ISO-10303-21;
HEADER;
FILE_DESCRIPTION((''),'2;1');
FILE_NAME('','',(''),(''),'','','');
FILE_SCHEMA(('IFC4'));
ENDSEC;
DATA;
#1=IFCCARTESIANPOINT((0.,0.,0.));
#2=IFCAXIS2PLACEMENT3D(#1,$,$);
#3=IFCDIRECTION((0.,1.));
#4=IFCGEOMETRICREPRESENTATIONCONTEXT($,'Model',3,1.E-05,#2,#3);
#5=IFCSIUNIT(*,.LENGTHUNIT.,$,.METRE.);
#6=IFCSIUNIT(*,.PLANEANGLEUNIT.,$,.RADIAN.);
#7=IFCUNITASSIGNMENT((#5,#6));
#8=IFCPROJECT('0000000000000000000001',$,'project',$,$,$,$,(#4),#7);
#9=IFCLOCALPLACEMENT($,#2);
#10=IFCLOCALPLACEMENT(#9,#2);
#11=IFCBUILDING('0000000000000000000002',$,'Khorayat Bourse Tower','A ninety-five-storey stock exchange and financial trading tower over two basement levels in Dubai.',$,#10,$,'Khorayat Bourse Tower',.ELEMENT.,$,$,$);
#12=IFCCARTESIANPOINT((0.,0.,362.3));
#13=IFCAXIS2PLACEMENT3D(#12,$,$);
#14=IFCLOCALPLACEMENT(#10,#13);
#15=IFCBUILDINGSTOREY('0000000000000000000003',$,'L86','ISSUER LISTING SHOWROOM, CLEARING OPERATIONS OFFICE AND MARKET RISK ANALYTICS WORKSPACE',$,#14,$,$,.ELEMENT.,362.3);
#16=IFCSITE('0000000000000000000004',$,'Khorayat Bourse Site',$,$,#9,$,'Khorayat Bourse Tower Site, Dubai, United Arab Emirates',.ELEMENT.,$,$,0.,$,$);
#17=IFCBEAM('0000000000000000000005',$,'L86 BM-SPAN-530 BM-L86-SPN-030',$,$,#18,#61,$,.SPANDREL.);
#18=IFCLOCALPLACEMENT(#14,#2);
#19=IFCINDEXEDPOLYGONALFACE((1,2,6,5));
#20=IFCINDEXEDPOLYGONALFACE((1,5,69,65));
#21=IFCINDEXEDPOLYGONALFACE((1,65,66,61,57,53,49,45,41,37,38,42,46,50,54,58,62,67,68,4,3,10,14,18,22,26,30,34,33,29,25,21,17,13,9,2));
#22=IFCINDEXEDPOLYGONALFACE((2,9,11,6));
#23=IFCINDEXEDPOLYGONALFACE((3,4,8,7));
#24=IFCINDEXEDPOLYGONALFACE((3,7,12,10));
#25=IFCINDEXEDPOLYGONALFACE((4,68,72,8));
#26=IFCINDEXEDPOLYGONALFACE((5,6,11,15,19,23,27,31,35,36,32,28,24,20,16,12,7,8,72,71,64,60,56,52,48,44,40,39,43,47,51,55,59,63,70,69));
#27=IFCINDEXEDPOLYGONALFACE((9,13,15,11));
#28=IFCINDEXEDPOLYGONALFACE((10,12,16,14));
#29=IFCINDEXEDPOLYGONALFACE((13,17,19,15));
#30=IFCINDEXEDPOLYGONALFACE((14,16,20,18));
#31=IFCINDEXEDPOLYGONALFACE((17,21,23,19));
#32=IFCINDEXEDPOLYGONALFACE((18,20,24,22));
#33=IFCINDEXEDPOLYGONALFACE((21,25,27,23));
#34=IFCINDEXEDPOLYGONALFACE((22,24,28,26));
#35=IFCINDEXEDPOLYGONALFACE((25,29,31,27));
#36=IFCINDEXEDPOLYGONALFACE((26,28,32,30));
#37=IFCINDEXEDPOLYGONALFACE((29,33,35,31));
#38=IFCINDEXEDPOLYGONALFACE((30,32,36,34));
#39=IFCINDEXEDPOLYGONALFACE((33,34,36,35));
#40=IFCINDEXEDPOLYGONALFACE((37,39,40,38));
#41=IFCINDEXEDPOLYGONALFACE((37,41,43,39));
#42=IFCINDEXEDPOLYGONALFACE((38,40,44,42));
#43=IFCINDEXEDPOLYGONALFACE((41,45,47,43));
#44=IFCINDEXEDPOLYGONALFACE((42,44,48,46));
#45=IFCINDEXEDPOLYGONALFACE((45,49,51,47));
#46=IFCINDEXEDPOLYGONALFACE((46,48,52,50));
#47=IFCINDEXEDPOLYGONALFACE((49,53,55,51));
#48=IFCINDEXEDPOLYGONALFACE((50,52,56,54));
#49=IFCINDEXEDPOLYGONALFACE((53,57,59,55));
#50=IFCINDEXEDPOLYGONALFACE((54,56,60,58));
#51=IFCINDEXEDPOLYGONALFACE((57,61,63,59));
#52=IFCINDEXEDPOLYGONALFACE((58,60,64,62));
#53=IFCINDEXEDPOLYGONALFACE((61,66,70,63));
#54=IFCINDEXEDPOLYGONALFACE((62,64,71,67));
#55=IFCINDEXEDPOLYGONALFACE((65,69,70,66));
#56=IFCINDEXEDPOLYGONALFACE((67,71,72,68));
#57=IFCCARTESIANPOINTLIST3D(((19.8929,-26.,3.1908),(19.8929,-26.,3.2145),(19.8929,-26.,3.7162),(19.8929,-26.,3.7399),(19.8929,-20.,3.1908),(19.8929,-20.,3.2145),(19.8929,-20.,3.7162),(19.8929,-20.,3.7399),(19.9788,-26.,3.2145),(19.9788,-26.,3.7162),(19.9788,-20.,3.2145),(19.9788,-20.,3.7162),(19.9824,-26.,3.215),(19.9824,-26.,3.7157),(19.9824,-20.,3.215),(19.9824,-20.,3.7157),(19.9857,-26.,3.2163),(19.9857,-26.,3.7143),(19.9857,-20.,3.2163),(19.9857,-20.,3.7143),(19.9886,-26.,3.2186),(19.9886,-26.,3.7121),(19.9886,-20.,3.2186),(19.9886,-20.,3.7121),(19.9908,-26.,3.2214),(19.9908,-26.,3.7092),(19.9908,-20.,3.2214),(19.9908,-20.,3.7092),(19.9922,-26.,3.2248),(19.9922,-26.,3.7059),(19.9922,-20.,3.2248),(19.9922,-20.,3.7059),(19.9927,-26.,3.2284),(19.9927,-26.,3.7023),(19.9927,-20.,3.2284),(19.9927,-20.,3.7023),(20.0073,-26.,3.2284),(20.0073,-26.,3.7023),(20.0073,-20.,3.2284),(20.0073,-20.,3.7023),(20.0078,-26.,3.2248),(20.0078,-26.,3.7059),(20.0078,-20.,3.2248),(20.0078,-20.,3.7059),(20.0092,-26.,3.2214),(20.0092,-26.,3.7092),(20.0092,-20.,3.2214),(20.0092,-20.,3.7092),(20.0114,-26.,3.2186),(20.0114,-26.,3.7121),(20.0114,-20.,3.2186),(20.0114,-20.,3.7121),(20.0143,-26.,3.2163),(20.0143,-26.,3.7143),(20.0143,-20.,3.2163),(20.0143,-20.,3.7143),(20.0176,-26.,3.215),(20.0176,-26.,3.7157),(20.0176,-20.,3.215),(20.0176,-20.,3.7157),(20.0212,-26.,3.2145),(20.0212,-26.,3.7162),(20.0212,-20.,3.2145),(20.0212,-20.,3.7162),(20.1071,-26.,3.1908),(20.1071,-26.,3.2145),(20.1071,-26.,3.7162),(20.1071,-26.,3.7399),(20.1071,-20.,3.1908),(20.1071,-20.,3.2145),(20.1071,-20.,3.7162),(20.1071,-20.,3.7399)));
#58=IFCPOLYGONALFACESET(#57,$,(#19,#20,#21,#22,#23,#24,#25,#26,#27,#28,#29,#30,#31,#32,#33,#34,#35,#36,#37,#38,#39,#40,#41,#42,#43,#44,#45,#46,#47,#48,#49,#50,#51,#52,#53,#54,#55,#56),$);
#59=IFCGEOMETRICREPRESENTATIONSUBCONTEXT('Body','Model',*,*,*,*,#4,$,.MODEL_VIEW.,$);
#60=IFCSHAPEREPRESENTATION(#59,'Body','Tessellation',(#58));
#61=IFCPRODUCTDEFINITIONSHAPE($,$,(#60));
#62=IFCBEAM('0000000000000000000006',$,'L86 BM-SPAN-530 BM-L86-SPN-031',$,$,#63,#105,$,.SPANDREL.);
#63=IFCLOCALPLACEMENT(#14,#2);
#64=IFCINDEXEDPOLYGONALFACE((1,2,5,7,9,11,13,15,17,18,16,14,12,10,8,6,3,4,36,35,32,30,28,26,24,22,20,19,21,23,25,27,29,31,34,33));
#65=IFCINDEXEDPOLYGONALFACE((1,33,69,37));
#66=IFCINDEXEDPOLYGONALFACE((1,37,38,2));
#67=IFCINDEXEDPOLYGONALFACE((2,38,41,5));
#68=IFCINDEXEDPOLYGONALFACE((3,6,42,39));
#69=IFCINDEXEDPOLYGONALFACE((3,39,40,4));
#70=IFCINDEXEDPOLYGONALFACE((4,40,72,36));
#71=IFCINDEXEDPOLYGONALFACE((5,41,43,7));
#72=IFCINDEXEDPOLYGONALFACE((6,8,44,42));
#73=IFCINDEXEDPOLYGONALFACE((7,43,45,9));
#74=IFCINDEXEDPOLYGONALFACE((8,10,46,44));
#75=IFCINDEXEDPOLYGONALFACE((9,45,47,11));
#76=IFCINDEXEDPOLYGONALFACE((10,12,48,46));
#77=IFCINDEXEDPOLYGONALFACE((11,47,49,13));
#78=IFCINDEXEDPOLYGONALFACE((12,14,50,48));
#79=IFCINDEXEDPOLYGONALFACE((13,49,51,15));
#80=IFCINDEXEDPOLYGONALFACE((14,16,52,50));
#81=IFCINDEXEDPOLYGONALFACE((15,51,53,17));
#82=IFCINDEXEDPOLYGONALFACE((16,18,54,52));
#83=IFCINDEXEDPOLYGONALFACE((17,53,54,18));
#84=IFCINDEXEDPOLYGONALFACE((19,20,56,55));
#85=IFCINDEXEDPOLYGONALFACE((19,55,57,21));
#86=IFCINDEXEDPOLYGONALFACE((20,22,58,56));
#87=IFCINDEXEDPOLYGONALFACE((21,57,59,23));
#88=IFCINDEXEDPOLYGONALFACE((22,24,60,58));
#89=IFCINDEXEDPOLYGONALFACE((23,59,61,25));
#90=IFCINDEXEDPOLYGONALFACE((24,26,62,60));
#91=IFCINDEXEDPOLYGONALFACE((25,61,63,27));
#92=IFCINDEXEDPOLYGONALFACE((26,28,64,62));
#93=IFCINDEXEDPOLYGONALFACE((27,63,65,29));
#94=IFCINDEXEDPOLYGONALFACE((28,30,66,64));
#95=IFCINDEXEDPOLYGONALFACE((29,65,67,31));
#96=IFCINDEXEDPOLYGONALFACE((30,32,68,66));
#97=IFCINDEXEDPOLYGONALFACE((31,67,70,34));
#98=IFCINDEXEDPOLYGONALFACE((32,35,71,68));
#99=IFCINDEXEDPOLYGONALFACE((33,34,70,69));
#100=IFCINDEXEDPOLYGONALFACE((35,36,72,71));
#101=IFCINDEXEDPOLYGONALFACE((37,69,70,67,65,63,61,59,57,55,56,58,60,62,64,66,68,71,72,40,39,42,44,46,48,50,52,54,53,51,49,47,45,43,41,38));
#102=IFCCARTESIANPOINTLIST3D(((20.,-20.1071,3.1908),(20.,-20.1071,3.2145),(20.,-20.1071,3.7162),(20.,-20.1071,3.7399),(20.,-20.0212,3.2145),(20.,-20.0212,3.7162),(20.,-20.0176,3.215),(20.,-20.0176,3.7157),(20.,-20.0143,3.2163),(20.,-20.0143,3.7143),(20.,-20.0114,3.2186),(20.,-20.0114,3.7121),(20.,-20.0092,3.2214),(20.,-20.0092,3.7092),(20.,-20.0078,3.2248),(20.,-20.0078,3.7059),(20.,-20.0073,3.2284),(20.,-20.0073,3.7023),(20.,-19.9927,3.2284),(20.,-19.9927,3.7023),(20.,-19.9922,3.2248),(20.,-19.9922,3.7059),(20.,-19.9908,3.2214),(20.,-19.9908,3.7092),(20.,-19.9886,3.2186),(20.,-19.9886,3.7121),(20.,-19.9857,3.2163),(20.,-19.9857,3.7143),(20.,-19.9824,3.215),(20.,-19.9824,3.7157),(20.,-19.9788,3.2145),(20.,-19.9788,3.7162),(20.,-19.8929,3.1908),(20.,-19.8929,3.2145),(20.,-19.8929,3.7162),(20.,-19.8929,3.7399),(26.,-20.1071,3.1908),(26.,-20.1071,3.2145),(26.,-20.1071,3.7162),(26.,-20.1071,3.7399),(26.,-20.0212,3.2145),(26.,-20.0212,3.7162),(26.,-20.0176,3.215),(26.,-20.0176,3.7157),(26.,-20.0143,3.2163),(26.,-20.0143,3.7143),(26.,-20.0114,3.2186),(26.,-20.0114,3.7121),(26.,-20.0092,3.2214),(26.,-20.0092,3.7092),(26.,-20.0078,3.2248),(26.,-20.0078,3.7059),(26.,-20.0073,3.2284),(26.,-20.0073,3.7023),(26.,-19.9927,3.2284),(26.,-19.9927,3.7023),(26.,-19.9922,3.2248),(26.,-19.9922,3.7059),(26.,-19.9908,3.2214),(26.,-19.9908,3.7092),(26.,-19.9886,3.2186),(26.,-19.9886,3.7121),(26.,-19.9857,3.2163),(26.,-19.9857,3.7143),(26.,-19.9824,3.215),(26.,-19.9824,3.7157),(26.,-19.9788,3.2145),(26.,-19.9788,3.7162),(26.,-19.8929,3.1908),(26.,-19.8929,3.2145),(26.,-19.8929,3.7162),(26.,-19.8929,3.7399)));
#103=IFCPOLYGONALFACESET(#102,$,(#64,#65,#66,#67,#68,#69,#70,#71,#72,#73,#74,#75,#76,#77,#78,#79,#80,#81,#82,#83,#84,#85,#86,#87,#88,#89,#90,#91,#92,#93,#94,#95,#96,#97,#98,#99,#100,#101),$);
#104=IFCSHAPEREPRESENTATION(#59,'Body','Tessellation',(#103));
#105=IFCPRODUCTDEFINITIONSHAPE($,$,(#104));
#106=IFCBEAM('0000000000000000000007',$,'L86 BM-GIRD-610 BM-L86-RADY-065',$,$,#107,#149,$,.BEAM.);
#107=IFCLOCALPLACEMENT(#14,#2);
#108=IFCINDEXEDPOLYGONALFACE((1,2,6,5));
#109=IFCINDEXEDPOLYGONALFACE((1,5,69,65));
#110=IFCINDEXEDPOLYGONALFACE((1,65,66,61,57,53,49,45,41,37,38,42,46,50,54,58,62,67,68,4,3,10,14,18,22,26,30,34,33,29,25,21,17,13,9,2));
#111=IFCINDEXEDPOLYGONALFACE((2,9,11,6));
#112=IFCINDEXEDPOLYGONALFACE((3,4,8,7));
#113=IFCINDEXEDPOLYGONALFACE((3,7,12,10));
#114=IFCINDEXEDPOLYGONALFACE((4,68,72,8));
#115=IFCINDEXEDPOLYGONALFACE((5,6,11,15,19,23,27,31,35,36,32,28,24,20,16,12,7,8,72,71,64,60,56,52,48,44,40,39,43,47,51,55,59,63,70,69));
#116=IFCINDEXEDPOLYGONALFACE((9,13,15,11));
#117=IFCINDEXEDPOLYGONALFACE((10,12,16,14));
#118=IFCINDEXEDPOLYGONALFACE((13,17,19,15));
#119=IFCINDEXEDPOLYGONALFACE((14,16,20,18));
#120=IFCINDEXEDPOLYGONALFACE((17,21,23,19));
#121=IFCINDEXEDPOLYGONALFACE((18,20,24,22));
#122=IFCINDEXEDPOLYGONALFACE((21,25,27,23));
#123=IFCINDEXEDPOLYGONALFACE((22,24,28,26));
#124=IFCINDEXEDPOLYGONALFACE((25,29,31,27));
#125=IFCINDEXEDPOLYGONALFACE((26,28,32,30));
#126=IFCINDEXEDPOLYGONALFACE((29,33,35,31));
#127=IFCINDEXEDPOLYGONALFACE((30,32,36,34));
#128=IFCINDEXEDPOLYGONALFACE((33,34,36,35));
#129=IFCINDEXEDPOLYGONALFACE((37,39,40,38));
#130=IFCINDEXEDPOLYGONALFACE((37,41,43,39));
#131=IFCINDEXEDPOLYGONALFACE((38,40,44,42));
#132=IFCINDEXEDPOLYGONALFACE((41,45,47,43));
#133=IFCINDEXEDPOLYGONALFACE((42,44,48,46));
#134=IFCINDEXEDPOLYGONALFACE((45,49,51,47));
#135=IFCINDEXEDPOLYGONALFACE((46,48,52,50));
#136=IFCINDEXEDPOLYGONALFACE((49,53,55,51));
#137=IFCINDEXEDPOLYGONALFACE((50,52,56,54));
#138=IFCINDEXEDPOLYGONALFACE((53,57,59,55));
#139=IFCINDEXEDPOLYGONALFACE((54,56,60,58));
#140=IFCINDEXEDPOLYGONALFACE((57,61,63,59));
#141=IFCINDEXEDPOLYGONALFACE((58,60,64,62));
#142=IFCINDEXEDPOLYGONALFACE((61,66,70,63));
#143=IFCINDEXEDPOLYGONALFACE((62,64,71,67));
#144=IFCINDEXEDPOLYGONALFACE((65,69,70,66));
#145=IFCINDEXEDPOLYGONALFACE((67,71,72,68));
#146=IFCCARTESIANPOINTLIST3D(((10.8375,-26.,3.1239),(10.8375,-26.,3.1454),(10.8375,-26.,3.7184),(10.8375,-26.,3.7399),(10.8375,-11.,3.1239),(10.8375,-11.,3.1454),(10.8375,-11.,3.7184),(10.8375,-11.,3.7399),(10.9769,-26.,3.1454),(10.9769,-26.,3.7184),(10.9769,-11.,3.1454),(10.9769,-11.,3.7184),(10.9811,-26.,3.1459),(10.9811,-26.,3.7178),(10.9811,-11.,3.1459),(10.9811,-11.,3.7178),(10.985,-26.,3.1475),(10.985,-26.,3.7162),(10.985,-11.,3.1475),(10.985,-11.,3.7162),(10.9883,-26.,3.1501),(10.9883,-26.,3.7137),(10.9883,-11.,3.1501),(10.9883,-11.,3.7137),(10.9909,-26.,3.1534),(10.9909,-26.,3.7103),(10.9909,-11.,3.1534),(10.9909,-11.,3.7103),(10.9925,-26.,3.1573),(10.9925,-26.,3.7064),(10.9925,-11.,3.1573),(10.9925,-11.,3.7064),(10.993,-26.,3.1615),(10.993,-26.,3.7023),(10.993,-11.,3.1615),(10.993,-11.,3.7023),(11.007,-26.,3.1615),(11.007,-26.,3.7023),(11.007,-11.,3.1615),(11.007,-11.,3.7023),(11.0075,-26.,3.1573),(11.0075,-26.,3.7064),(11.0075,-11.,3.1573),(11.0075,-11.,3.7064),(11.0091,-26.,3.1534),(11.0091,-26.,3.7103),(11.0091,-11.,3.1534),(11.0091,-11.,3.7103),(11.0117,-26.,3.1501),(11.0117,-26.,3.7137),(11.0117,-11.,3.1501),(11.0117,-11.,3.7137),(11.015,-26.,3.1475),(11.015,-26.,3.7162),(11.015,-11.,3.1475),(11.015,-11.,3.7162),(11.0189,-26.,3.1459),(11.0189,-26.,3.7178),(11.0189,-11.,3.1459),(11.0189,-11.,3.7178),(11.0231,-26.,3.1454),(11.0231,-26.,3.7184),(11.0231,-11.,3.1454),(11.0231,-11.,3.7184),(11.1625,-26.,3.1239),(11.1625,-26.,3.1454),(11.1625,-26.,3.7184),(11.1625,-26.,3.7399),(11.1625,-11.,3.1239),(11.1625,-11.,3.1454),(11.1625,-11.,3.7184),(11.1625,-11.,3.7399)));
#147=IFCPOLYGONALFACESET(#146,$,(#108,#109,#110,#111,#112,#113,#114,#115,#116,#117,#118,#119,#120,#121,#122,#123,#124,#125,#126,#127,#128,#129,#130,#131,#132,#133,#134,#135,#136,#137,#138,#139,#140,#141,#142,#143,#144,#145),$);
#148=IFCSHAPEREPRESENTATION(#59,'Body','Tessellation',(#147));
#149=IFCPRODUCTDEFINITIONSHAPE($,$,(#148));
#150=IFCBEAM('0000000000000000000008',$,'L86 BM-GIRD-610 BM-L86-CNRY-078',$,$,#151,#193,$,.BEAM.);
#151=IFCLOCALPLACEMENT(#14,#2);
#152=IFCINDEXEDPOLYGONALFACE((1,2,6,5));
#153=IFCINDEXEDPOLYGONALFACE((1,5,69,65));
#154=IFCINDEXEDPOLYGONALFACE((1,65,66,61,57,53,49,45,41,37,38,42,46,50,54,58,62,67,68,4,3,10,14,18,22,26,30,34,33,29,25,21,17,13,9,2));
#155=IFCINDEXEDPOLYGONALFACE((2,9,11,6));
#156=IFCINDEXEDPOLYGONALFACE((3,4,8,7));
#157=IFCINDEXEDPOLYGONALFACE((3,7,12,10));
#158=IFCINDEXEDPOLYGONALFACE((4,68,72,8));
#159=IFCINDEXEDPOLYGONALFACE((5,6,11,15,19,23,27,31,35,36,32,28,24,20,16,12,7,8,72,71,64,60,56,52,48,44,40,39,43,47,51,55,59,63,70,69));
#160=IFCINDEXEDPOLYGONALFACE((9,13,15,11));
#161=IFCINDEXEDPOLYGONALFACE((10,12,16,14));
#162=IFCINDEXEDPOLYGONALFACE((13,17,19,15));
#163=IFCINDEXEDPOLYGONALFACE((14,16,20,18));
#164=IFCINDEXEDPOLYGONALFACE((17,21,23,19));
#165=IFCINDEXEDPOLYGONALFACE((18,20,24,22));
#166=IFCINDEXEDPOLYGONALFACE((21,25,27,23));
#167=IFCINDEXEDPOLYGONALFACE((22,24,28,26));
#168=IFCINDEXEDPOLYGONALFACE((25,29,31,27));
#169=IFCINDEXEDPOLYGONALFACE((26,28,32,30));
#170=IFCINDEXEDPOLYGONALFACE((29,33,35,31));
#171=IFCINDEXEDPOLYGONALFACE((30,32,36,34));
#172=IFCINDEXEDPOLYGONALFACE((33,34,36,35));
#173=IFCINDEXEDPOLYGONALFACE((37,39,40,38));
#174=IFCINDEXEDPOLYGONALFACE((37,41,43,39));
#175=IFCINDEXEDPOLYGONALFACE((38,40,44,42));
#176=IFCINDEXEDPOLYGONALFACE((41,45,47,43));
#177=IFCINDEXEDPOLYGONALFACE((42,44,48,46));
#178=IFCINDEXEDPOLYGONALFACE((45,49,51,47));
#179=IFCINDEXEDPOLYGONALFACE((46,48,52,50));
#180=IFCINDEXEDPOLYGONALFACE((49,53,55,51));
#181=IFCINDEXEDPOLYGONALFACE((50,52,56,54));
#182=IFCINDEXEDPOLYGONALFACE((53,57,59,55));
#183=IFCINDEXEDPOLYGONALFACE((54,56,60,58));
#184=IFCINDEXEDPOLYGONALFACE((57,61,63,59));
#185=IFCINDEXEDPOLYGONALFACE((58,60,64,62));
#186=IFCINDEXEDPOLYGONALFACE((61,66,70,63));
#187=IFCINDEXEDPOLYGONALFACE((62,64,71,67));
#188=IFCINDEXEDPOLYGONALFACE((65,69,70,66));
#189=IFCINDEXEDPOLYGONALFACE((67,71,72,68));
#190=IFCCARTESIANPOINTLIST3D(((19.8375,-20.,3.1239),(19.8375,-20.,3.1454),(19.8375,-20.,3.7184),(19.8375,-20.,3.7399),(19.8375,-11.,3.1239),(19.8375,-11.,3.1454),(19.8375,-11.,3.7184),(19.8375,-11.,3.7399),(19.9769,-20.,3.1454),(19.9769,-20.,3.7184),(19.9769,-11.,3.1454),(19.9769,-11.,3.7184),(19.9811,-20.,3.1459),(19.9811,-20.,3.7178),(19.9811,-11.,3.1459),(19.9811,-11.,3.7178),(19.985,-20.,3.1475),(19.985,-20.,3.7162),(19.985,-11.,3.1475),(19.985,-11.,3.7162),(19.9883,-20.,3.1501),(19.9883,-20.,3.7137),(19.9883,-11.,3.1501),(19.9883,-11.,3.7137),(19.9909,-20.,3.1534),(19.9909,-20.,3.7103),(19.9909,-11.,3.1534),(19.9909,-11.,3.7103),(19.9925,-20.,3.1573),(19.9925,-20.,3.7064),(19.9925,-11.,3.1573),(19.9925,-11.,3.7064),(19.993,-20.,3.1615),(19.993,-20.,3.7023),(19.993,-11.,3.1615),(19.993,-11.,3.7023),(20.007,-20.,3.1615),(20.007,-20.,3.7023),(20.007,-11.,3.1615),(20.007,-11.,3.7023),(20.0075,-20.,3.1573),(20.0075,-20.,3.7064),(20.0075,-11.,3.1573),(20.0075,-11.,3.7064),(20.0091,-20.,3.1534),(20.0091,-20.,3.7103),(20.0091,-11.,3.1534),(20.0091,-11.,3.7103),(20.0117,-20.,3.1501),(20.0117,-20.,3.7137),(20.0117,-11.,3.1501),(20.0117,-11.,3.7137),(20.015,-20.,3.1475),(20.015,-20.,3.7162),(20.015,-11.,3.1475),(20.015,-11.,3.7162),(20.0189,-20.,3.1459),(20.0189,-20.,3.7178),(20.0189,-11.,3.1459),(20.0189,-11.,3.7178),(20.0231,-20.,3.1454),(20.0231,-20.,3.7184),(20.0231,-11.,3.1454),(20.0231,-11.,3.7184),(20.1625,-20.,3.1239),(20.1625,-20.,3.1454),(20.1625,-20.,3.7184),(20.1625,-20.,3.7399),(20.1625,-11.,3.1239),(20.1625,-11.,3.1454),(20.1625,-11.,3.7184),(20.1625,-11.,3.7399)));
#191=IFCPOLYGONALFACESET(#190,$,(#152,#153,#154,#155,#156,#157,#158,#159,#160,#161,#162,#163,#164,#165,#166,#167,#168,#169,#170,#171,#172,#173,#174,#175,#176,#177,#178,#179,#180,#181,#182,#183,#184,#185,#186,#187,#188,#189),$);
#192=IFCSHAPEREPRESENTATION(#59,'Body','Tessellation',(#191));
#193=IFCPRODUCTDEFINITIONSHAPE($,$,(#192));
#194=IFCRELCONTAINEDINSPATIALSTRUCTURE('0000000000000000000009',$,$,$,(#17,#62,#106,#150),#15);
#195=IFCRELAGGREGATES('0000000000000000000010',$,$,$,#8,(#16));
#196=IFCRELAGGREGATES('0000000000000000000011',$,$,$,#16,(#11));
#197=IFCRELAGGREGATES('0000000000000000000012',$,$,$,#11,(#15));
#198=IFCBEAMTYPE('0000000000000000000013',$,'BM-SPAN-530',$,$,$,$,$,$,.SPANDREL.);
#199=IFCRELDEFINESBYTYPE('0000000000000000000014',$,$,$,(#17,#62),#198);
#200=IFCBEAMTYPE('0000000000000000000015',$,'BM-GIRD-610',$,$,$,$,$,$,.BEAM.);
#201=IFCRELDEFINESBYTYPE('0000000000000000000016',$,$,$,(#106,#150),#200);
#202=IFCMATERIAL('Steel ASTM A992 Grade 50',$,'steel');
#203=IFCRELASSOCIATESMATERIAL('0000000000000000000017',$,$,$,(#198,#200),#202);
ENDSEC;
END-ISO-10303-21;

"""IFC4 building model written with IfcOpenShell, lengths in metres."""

from ifc_helpers import new_model, si_unit, direction, frame, origin, origin_2d, place, context, subcontext, project, spatial, i_section, extrude, source, transform, mapped, material, material_profile, profile_set, type_object, element, save


model = new_model("IFC4")

# Units and contexts
model_context = context("Model", 3, precision=1e-05, world=origin(), true_north=direction((0.0, 1.0)))
body_context = subcontext(model_context, "Body", "Model", "MODEL_VIEW")
ifc_project = project(units=[si_unit("LENGTHUNIT", "METRE"), si_unit("PLANEANGLEUNIT", "RADIAN")], contexts=[model_context])

# Site, building, storey
site_placement = place(None, origin())
site = spatial("IfcSite", under=ifc_project, at=site_placement, Name="Khorayat Bourse Site", LongName="Khorayat Bourse Tower Site, Dubai, United Arab Emirates", CompositionType="ELEMENT", RefElevation=0.0)
building_placement = place(site_placement, origin())
building = spatial("IfcBuilding", under=site, at=building_placement, Name="Khorayat Bourse Tower", Description="A ninety-five-storey stock exchange and financial trading tower over two basement levels in Dubai.", LongName="Khorayat Bourse Tower", CompositionType="ELEMENT")
storey_placement = place(building_placement, frame((0.0, 0.0, 362.3)))
storey = spatial("IfcBuildingStorey", under=building, at=storey_placement, Name="L86", Description="ISSUER LISTING SHOWROOM, CLEARING OPERATIONS OFFICE AND MARKET RISK ANALYTICS WORKSPACE", CompositionType="ELEMENT", Elevation=362.3)

# Beams
ifc_material_1 = material(Name="Steel ASTM A992 Grade 50", Category="steel")
ifc_material_profile_1 = material_profile(ifc_material_1, i_section(OverallWidth=0.2141, OverallDepth=0.5491, WebThickness=0.0146, FlangeThickness=0.0237, FilletRadius=0.0139, at=origin_2d()), Name="W530X138")
ifc_profile_set_1 = profile_set([ifc_material_profile_1], Name="Steel ASTM A992 Grade 50")
beam_type_1 = type_object("IfcBeamType", Name="BM-SPAN-530", PredefinedType="SPANDREL", material=ifc_profile_set_1)
shared_shape_1 = source(origin(), body_context, "Body", "SweptSolid", [
    extrude(i_section(OverallWidth=0.2141, OverallDepth=0.5491, WebThickness=0.0146, FlangeThickness=0.0237, FilletRadius=0.0139, at=origin_2d()), origin(), (0.0, 0.0, 1.0), 6.0),
])
for number, where, z_axis, x_axis, name in (
    (1, (20.0, -26.0, 3.4653), (0.0, 1.0, 0.0), (-1.0, 0.0, 0.0), "L86 BM-SPAN-530 BM-L86-SPN-030"),
    (2, (20.0, -20.0, 3.4653), (1.0, 0.0, 0.0), (0.0, 1.0, 0.0), "L86 BM-SPAN-530 BM-L86-SPN-031"),
):
    element("IfcBeam", number, at=place(storey_placement, frame(where, z_axis=z_axis, x_axis=x_axis)), inside=storey, type_object=beam_type_1, Name=name, PredefinedType="SPANDREL", context=body_context, shape_type="MappedRepresentation", body=[
        mapped(shared_shape_1, transform((0.0, 0.0, 0.0), scale=1.0)),
    ])
ifc_material_profile_2 = material_profile(ifc_material_1, i_section(OverallWidth=0.325, OverallDepth=0.616, WebThickness=0.0139, FlangeThickness=0.0215, FilletRadius=0.0161, at=origin_2d()), Name="W610X174")
ifc_profile_set_2 = profile_set([ifc_material_profile_2], Name="Steel ASTM A992 Grade 50")
beam_type_2 = type_object("IfcBeamType", Name="BM-GIRD-610", PredefinedType="BEAM", material=ifc_profile_set_2)
shared_shape_2 = source(origin(), body_context, "Body", "SweptSolid", [
    extrude(i_section(OverallWidth=0.325, OverallDepth=0.616, WebThickness=0.0139, FlangeThickness=0.0215, FilletRadius=0.0161, at=origin_2d()), origin(), (0.0, 0.0, 1.0), 15.0),
])
beam_1_placement = place(storey_placement, frame((11.0, -26.0, 3.4319), z_axis=(0.0, 1.0, 0.0), x_axis=(-1.0, 0.0, 0.0)))
element("IfcBeam", 3, at=beam_1_placement, inside=storey, type_object=beam_type_2, Name="L86 BM-GIRD-610 BM-L86-RADY-065", PredefinedType="BEAM", context=body_context, shape_type="MappedRepresentation", body=[
    mapped(shared_shape_2, transform((0.0, 0.0, 0.0), scale=1.0)),
])
shared_shape_3 = source(origin(), body_context, "Body", "SweptSolid", [
    extrude(i_section(OverallWidth=0.325, OverallDepth=0.616, WebThickness=0.0139, FlangeThickness=0.0215, FilletRadius=0.0161, at=origin_2d()), origin(), (0.0, 0.0, 1.0), 9.0),
])
beam_2_placement = place(storey_placement, frame((20.0, -20.0, 3.4319), z_axis=(0.0, 1.0, 0.0), x_axis=(-1.0, 0.0, 0.0)))
element("IfcBeam", 4, at=beam_2_placement, inside=storey, type_object=beam_type_2, Name="L86 BM-GIRD-610 BM-L86-CNRY-078", PredefinedType="BEAM", context=body_context, shape_type="MappedRepresentation", body=[
    mapped(shared_shape_3, transform((0.0, 0.0, 0.0), scale=1.0)),
])

save(model, "model.ifc")
